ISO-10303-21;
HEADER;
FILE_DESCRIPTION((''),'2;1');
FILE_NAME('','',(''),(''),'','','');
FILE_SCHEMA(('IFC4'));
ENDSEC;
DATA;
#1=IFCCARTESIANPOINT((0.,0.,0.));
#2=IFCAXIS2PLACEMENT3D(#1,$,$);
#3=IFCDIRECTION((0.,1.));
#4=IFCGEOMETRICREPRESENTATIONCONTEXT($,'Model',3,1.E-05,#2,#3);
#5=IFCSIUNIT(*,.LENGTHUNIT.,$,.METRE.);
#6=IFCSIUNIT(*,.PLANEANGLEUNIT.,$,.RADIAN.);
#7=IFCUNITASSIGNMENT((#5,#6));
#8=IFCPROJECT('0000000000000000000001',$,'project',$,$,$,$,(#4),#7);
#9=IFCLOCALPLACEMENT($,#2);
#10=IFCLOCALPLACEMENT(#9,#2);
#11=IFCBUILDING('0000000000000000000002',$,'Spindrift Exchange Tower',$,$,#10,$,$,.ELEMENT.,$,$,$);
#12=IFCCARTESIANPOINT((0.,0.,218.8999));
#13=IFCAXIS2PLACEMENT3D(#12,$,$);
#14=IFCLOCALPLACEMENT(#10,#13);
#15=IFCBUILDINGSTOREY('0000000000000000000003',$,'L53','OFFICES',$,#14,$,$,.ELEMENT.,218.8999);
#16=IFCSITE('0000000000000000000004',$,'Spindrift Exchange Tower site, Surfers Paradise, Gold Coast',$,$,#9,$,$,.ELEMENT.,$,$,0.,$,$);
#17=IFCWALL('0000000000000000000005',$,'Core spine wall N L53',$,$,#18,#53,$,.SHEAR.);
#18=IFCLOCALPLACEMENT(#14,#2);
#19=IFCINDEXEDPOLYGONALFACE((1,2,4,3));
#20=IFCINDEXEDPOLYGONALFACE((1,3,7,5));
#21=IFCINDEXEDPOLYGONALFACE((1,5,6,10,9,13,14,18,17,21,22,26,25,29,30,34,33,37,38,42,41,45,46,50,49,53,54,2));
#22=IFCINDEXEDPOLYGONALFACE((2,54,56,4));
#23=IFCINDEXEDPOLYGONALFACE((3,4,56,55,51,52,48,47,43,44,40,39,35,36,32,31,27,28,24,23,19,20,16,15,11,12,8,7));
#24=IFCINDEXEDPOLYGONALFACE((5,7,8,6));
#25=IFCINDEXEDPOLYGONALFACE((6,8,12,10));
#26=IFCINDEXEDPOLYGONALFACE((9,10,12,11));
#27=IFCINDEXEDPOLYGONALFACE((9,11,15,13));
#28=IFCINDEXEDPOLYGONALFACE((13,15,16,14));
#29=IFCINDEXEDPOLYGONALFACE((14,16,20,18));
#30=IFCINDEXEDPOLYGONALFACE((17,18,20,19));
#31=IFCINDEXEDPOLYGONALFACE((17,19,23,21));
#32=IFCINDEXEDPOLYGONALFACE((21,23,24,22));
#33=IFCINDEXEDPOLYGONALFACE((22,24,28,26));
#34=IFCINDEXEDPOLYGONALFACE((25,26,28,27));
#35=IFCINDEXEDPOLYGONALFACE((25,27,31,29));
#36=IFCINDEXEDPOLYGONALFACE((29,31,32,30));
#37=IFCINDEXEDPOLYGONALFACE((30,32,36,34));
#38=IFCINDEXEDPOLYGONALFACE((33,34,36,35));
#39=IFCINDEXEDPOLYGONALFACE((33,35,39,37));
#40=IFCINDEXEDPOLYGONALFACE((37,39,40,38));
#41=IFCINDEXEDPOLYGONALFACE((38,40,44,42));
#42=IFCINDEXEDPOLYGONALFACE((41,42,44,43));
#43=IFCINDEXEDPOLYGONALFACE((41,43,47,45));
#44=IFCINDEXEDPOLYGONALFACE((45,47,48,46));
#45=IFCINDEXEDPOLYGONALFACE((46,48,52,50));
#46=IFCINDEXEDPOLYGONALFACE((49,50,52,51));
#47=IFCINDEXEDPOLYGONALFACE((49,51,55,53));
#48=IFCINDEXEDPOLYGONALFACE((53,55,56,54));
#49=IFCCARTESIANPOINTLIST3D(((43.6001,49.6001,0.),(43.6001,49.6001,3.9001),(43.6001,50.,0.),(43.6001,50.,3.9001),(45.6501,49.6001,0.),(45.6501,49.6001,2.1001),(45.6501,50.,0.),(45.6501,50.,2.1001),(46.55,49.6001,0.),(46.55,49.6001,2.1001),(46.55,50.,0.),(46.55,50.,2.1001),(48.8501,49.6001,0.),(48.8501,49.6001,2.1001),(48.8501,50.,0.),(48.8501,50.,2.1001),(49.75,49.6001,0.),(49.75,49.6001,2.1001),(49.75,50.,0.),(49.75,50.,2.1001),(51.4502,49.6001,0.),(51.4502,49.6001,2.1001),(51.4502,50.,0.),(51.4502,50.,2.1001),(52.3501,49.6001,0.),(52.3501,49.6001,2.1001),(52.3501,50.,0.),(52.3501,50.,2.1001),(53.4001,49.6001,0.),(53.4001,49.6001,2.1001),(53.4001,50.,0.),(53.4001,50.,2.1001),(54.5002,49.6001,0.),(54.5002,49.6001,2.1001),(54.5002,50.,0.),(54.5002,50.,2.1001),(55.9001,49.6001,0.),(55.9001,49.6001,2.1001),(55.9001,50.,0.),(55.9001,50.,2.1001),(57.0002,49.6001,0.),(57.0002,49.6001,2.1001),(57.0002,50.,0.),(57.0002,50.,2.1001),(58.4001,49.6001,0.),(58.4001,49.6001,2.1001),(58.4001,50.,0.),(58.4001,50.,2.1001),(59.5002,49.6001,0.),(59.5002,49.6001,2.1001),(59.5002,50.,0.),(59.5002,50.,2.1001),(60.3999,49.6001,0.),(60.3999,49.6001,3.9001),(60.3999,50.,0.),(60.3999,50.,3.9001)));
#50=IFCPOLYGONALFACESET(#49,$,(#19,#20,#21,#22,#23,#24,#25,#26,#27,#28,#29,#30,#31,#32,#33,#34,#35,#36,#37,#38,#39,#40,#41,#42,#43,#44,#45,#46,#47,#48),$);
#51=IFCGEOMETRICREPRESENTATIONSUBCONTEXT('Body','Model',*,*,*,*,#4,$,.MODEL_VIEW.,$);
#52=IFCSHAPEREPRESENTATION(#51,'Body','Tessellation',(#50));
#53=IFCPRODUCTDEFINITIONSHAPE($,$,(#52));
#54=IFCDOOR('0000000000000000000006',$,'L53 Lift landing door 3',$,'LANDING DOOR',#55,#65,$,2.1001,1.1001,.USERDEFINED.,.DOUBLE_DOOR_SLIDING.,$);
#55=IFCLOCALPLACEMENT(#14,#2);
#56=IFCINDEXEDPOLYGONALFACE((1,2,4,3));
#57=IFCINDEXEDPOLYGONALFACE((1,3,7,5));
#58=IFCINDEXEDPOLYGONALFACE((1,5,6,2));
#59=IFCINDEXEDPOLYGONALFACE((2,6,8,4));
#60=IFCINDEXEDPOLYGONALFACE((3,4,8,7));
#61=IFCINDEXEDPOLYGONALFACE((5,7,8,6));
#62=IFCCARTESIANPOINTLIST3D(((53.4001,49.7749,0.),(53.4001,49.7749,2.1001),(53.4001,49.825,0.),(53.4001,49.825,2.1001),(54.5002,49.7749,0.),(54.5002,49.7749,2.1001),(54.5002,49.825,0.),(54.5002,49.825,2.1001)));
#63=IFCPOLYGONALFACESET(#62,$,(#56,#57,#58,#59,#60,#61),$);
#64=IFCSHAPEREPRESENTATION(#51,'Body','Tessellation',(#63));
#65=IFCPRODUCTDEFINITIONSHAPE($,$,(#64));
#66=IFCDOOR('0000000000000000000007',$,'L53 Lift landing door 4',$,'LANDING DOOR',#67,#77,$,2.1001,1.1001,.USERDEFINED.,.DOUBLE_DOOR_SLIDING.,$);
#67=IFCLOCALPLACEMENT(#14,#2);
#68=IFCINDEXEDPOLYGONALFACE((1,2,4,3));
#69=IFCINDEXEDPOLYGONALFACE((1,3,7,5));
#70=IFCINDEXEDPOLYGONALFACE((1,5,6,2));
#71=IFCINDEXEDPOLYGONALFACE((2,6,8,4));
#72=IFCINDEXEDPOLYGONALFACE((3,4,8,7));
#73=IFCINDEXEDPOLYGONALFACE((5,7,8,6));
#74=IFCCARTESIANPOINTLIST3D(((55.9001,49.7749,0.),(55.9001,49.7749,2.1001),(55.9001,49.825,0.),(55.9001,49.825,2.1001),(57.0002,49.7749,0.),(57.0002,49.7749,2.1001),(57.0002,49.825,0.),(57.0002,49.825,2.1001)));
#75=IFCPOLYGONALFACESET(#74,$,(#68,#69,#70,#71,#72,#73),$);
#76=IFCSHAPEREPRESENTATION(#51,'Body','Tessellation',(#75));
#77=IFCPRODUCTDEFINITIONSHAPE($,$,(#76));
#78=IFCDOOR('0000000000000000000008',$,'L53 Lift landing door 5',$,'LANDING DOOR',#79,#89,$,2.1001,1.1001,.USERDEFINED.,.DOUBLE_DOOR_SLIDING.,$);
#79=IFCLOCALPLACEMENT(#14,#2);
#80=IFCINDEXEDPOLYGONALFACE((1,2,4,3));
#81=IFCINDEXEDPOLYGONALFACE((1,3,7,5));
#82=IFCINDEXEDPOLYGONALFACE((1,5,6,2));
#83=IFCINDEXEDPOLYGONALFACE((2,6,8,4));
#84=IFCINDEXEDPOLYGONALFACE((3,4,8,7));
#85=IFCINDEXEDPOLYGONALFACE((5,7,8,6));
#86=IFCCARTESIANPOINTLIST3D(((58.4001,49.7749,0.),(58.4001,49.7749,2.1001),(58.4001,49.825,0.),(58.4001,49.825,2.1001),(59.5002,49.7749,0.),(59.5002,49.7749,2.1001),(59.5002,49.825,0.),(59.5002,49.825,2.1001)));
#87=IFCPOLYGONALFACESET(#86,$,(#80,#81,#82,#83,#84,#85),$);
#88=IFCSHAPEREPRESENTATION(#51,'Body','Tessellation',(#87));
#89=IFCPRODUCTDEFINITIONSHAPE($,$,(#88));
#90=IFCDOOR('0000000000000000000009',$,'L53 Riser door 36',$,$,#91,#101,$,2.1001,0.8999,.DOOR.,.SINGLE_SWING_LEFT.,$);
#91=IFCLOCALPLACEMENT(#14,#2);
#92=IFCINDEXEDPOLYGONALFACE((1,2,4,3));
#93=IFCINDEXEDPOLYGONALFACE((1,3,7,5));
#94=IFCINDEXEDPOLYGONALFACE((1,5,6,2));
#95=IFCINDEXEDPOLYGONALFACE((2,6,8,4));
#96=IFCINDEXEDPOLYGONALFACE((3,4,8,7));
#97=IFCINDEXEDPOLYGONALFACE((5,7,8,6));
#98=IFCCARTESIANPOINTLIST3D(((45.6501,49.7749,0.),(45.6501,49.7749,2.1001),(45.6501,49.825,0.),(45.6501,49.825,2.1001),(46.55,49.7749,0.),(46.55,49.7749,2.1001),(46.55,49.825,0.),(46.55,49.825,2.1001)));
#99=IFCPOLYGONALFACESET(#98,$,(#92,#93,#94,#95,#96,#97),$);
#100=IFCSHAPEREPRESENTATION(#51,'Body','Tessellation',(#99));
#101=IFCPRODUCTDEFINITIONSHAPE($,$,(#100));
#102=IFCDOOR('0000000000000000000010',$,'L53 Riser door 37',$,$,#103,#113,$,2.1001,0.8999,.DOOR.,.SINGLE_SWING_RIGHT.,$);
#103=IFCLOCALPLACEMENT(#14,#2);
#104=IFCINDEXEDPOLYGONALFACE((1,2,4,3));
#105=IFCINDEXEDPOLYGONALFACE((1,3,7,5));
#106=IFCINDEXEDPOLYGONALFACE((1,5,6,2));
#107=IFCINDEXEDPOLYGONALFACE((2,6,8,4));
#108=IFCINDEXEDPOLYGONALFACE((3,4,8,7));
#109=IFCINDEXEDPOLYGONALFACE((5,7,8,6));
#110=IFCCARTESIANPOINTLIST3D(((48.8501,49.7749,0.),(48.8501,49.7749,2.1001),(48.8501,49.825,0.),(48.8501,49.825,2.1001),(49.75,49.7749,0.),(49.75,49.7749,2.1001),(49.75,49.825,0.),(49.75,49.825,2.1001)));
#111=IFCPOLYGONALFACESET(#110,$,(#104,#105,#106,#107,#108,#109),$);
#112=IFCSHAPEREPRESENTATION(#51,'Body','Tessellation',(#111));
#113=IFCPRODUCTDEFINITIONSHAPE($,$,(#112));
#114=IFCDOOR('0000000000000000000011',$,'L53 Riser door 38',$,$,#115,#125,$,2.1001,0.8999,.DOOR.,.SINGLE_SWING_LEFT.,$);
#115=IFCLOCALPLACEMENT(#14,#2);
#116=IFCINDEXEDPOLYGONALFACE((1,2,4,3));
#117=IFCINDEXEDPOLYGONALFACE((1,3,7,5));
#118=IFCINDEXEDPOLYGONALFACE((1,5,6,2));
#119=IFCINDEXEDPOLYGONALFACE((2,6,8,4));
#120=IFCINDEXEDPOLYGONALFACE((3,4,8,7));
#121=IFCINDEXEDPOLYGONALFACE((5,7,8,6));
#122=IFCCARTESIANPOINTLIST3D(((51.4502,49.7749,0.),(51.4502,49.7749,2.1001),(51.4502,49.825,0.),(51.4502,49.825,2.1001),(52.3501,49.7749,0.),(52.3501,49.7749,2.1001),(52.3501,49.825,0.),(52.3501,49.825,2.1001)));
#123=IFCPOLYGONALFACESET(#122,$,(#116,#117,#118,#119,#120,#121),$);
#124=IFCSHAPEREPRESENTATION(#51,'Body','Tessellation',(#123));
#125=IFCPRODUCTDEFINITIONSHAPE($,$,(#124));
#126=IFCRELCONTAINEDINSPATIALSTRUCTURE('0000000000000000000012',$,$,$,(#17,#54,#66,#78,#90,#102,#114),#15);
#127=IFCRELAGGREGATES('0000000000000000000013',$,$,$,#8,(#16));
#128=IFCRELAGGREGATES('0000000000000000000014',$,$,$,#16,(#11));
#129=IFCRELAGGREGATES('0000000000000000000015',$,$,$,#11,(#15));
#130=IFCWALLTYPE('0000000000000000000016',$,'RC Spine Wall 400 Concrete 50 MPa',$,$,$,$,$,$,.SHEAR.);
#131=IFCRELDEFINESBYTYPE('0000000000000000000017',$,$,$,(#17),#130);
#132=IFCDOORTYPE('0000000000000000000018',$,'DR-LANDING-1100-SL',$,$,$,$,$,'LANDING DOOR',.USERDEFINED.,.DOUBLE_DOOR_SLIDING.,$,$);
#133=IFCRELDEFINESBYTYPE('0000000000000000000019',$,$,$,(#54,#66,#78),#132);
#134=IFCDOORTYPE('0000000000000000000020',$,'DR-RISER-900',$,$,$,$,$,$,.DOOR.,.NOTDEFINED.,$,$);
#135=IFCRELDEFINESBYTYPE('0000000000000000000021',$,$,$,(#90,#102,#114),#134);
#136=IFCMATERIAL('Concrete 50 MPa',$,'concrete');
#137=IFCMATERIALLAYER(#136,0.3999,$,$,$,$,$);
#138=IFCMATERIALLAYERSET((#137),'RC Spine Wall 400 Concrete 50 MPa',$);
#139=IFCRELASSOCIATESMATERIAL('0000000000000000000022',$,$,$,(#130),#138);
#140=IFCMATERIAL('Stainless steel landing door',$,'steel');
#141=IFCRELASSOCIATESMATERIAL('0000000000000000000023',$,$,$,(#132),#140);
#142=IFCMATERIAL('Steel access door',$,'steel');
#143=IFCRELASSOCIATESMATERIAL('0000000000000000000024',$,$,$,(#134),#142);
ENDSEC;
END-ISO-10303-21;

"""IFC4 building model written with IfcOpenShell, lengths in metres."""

from ifc_helpers import new_model, si_unit, direction, frame, frame_2d, origin, place, context, subcontext, project, spatial, rectangle, extrude, source, transform, mapped, material, layer, layer_set, type_object, element, fill, save


model = new_model("IFC4")

# Units and contexts
model_context = context("Model", 3, precision=1e-05, world=origin(), true_north=direction((0.0, 1.0)))
body_context = subcontext(model_context, "Body", "Model", "MODEL_VIEW")
ifc_project = project(units=[si_unit("LENGTHUNIT", "METRE"), si_unit("PLANEANGLEUNIT", "RADIAN")], contexts=[model_context])

# Site, building, storey
site_placement = place(None, origin())
site = spatial("IfcSite", under=ifc_project, at=site_placement, Name="Spindrift Exchange Tower site, Surfers Paradise, Gold Coast", CompositionType="ELEMENT", RefElevation=0.0)
building_placement = place(site_placement, origin())
building = spatial("IfcBuilding", under=site, at=building_placement, Name="Spindrift Exchange Tower", CompositionType="ELEMENT")
storey_placement = place(building_placement, frame((0.0, 0.0, 218.8999)))
storey = spatial("IfcBuildingStorey", under=building, at=storey_placement, Name="L53", Description="OFFICES", CompositionType="ELEMENT", Elevation=218.8999)

# Wall, openings, doors
ifc_material_1 = material(Name="Concrete 50 MPa", Category="concrete")
ifc_layer_1 = layer(ifc_material_1, 0.3999)
ifc_layer_set_1 = layer_set([ifc_layer_1], Name="RC Spine Wall 400 Concrete 50 MPa")
wall_type_1 = type_object("IfcWallType", Name="RC Spine Wall 400 Concrete 50 MPa", PredefinedType="SHEAR", material=ifc_layer_set_1)
wall_1_placement = place(storey_placement, frame((43.6001, 49.8, 0.0), z_axis=(0.0, 0.0, 1.0), x_axis=(1.0, 0.0, 0.0)))
wall_1 = element("IfcWall", 1, at=wall_1_placement, inside=storey, type_object=wall_type_1, Name="Core spine wall N L53", PredefinedType="SHEAR", context=body_context, shape_type="SweptSolid", body=[
    extrude(rectangle(XDim=16.7998, YDim=0.3999, at=frame_2d((8.3999, 0.0))), origin(), (0.0, 0.0, 1.0), 3.9001),
])
opening_1_placement = place(wall_1_placement, frame((9.8, 0.0, 0.0)))
opening_1 = element("IfcOpeningElement", 2, at=opening_1_placement, cuts=wall_1, PredefinedType="OPENING", context=body_context, shape_type="SweptSolid", body=[
    extrude(rectangle(XDim=1.1001, YDim=2.1001, at=frame_2d((0.55, 1.05))), frame((0.0, 0.21, 0.0), z_axis=(0.0, -1.0, 0.0), x_axis=(1.0, 0.0, 0.0)), (0.0, 0.0, 1.0), 0.4199),
])
opening_2_placement = place(wall_1_placement, frame((12.3, 0.0, 0.0)))
opening_2 = element("IfcOpeningElement", 3, at=opening_2_placement, cuts=wall_1, PredefinedType="OPENING", context=body_context, shape_type="SweptSolid", body=[
    extrude(rectangle(XDim=1.1001, YDim=2.1001, at=frame_2d((0.55, 1.05))), frame((0.0, 0.21, 0.0), z_axis=(0.0, -1.0, 0.0), x_axis=(1.0, 0.0, 0.0)), (0.0, 0.0, 1.0), 0.4199),
])
opening_3_placement = place(wall_1_placement, frame((14.8, 0.0, 0.0)))
opening_3 = element("IfcOpeningElement", 4, at=opening_3_placement, cuts=wall_1, PredefinedType="OPENING", context=body_context, shape_type="SweptSolid", body=[
    extrude(rectangle(XDim=1.1001, YDim=2.1001, at=frame_2d((0.55, 1.05))), frame((0.0, 0.21, 0.0), z_axis=(0.0, -1.0, 0.0), x_axis=(1.0, 0.0, 0.0)), (0.0, 0.0, 1.0), 0.4199),
])
opening_4_placement = place(wall_1_placement, frame((2.05, 0.0, 0.0)))
opening_4 = element("IfcOpeningElement", 5, at=opening_4_placement, cuts=wall_1, PredefinedType="OPENING", context=body_context, shape_type="SweptSolid", body=[
    extrude(rectangle(XDim=0.8999, YDim=2.1001, at=frame_2d((0.45, 1.05))), frame((0.0, 0.21, 0.0), z_axis=(0.0, -1.0, 0.0), x_axis=(1.0, 0.0, 0.0)), (0.0, 0.0, 1.0), 0.4199),
])
opening_5_placement = place(wall_1_placement, frame((5.25, 0.0, 0.0)))
opening_5 = element("IfcOpeningElement", 6, at=opening_5_placement, cuts=wall_1, PredefinedType="OPENING", context=body_context, shape_type="SweptSolid", body=[
    extrude(rectangle(XDim=0.8999, YDim=2.1001, at=frame_2d((0.45, 1.05))), frame((0.0, 0.21, 0.0), z_axis=(0.0, -1.0, 0.0), x_axis=(1.0, 0.0, 0.0)), (0.0, 0.0, 1.0), 0.4199),
])
opening_6_placement = place(wall_1_placement, frame((7.8501, 0.0, 0.0)))
opening_6 = element("IfcOpeningElement", 7, at=opening_6_placement, cuts=wall_1, PredefinedType="OPENING", context=body_context, shape_type="SweptSolid", body=[
    extrude(rectangle(XDim=0.8999, YDim=2.1001, at=frame_2d((0.45, 1.05))), frame((0.0, 0.21, 0.0), z_axis=(0.0, -1.0, 0.0), x_axis=(1.0, 0.0, 0.0)), (0.0, 0.0, 1.0), 0.4199),
])
ifc_material_2 = material(Name="Stainless steel landing door", Category="steel")
door_type_1 = type_object("IfcDoorType", Name="DR-LANDING-1100-SL", ElementType="LANDING DOOR", OperationType="DOUBLE_DOOR_SLIDING", PredefinedType="USERDEFINED", material=ifc_material_2)
shared_shape_1 = source(origin(), body_context, "Body", "SweptSolid", [
    extrude(rectangle(XDim=1.1001, YDim=2.1001, at=frame_2d((0.55, 1.05))), frame((0.0, 0.0249, 0.0), z_axis=(0.0, -1.0, 0.0), x_axis=(1.0, 0.0, 0.0)), (0.0, 0.0, 1.0), 0.05),
])
door_1_placement = place(opening_1_placement, origin())
door_1 = element("IfcDoor", 8, at=door_1_placement, inside=storey, type_object=door_type_1, Name="L53 Lift landing door 3", ObjectType="LANDING DOOR", OperationType="DOUBLE_DOOR_SLIDING", OverallHeight=2.1001, OverallWidth=1.1001, PredefinedType="USERDEFINED", context=body_context, shape_type="MappedRepresentation", body=[
    mapped(shared_shape_1, transform((0.0, 0.0, 0.0), scale=1.0)),
])
fill(opening_1, door_1)
door_2_placement = place(opening_2_placement, origin())
door_2 = element("IfcDoor", 9, at=door_2_placement, inside=storey, type_object=door_type_1, Name="L53 Lift landing door 4", ObjectType="LANDING DOOR", OperationType="DOUBLE_DOOR_SLIDING", OverallHeight=2.1001, OverallWidth=1.1001, PredefinedType="USERDEFINED", context=body_context, shape_type="MappedRepresentation", body=[
    mapped(shared_shape_1, transform((0.0, 0.0, 0.0), scale=1.0)),
])
fill(opening_2, door_2)
door_3_placement = place(opening_3_placement, origin())
door_3 = element("IfcDoor", 10, at=door_3_placement, inside=storey, type_object=door_type_1, Name="L53 Lift landing door 5", ObjectType="LANDING DOOR", OperationType="DOUBLE_DOOR_SLIDING", OverallHeight=2.1001, OverallWidth=1.1001, PredefinedType="USERDEFINED", context=body_context, shape_type="MappedRepresentation", body=[
    mapped(shared_shape_1, transform((0.0, 0.0, 0.0), scale=1.0)),
])
fill(opening_3, door_3)
ifc_material_3 = material(Name="Steel access door", Category="steel")
door_type_2 = type_object("IfcDoorType", Name="DR-RISER-900", OperationType="NOTDEFINED", PredefinedType="DOOR", material=ifc_material_3)
shared_shape_2 = source(origin(), body_context, "Body", "SweptSolid", [
    extrude(rectangle(XDim=0.8999, YDim=2.1001, at=frame_2d((0.45, 1.05))), frame((0.0, 0.0249, 0.0), z_axis=(0.0, -1.0, 0.0), x_axis=(1.0, 0.0, 0.0)), (0.0, 0.0, 1.0), 0.05),
])
door_4_placement = place(opening_4_placement, origin())
door_4 = element("IfcDoor", 11, at=door_4_placement, inside=storey, type_object=door_type_2, Name="L53 Riser door 36", OperationType="SINGLE_SWING_LEFT", OverallHeight=2.1001, OverallWidth=0.8999, PredefinedType="DOOR", context=body_context, shape_type="MappedRepresentation", body=[
    mapped(shared_shape_2, transform((0.0, 0.0, 0.0), scale=1.0)),
])
fill(opening_4, door_4)
door_5_placement = place(opening_5_placement, origin())
door_5 = element("IfcDoor", 12, at=door_5_placement, inside=storey, type_object=door_type_2, Name="L53 Riser door 37", OperationType="SINGLE_SWING_RIGHT", OverallHeight=2.1001, OverallWidth=0.8999, PredefinedType="DOOR", context=body_context, shape_type="MappedRepresentation", body=[
    mapped(shared_shape_2, transform((0.0, 0.0, 0.0), scale=1.0)),
])
fill(opening_5, door_5)
door_6_placement = place(opening_6_placement, origin())
door_6 = element("IfcDoor", 13, at=door_6_placement, inside=storey, type_object=door_type_2, Name="L53 Riser door 38", OperationType="SINGLE_SWING_LEFT", OverallHeight=2.1001, OverallWidth=0.8999, PredefinedType="DOOR", context=body_context, shape_type="MappedRepresentation", body=[
    mapped(shared_shape_2, transform((0.0, 0.0, 0.0), scale=1.0)),
])
fill(opening_6, door_6)

save(model, "model.ifc")
